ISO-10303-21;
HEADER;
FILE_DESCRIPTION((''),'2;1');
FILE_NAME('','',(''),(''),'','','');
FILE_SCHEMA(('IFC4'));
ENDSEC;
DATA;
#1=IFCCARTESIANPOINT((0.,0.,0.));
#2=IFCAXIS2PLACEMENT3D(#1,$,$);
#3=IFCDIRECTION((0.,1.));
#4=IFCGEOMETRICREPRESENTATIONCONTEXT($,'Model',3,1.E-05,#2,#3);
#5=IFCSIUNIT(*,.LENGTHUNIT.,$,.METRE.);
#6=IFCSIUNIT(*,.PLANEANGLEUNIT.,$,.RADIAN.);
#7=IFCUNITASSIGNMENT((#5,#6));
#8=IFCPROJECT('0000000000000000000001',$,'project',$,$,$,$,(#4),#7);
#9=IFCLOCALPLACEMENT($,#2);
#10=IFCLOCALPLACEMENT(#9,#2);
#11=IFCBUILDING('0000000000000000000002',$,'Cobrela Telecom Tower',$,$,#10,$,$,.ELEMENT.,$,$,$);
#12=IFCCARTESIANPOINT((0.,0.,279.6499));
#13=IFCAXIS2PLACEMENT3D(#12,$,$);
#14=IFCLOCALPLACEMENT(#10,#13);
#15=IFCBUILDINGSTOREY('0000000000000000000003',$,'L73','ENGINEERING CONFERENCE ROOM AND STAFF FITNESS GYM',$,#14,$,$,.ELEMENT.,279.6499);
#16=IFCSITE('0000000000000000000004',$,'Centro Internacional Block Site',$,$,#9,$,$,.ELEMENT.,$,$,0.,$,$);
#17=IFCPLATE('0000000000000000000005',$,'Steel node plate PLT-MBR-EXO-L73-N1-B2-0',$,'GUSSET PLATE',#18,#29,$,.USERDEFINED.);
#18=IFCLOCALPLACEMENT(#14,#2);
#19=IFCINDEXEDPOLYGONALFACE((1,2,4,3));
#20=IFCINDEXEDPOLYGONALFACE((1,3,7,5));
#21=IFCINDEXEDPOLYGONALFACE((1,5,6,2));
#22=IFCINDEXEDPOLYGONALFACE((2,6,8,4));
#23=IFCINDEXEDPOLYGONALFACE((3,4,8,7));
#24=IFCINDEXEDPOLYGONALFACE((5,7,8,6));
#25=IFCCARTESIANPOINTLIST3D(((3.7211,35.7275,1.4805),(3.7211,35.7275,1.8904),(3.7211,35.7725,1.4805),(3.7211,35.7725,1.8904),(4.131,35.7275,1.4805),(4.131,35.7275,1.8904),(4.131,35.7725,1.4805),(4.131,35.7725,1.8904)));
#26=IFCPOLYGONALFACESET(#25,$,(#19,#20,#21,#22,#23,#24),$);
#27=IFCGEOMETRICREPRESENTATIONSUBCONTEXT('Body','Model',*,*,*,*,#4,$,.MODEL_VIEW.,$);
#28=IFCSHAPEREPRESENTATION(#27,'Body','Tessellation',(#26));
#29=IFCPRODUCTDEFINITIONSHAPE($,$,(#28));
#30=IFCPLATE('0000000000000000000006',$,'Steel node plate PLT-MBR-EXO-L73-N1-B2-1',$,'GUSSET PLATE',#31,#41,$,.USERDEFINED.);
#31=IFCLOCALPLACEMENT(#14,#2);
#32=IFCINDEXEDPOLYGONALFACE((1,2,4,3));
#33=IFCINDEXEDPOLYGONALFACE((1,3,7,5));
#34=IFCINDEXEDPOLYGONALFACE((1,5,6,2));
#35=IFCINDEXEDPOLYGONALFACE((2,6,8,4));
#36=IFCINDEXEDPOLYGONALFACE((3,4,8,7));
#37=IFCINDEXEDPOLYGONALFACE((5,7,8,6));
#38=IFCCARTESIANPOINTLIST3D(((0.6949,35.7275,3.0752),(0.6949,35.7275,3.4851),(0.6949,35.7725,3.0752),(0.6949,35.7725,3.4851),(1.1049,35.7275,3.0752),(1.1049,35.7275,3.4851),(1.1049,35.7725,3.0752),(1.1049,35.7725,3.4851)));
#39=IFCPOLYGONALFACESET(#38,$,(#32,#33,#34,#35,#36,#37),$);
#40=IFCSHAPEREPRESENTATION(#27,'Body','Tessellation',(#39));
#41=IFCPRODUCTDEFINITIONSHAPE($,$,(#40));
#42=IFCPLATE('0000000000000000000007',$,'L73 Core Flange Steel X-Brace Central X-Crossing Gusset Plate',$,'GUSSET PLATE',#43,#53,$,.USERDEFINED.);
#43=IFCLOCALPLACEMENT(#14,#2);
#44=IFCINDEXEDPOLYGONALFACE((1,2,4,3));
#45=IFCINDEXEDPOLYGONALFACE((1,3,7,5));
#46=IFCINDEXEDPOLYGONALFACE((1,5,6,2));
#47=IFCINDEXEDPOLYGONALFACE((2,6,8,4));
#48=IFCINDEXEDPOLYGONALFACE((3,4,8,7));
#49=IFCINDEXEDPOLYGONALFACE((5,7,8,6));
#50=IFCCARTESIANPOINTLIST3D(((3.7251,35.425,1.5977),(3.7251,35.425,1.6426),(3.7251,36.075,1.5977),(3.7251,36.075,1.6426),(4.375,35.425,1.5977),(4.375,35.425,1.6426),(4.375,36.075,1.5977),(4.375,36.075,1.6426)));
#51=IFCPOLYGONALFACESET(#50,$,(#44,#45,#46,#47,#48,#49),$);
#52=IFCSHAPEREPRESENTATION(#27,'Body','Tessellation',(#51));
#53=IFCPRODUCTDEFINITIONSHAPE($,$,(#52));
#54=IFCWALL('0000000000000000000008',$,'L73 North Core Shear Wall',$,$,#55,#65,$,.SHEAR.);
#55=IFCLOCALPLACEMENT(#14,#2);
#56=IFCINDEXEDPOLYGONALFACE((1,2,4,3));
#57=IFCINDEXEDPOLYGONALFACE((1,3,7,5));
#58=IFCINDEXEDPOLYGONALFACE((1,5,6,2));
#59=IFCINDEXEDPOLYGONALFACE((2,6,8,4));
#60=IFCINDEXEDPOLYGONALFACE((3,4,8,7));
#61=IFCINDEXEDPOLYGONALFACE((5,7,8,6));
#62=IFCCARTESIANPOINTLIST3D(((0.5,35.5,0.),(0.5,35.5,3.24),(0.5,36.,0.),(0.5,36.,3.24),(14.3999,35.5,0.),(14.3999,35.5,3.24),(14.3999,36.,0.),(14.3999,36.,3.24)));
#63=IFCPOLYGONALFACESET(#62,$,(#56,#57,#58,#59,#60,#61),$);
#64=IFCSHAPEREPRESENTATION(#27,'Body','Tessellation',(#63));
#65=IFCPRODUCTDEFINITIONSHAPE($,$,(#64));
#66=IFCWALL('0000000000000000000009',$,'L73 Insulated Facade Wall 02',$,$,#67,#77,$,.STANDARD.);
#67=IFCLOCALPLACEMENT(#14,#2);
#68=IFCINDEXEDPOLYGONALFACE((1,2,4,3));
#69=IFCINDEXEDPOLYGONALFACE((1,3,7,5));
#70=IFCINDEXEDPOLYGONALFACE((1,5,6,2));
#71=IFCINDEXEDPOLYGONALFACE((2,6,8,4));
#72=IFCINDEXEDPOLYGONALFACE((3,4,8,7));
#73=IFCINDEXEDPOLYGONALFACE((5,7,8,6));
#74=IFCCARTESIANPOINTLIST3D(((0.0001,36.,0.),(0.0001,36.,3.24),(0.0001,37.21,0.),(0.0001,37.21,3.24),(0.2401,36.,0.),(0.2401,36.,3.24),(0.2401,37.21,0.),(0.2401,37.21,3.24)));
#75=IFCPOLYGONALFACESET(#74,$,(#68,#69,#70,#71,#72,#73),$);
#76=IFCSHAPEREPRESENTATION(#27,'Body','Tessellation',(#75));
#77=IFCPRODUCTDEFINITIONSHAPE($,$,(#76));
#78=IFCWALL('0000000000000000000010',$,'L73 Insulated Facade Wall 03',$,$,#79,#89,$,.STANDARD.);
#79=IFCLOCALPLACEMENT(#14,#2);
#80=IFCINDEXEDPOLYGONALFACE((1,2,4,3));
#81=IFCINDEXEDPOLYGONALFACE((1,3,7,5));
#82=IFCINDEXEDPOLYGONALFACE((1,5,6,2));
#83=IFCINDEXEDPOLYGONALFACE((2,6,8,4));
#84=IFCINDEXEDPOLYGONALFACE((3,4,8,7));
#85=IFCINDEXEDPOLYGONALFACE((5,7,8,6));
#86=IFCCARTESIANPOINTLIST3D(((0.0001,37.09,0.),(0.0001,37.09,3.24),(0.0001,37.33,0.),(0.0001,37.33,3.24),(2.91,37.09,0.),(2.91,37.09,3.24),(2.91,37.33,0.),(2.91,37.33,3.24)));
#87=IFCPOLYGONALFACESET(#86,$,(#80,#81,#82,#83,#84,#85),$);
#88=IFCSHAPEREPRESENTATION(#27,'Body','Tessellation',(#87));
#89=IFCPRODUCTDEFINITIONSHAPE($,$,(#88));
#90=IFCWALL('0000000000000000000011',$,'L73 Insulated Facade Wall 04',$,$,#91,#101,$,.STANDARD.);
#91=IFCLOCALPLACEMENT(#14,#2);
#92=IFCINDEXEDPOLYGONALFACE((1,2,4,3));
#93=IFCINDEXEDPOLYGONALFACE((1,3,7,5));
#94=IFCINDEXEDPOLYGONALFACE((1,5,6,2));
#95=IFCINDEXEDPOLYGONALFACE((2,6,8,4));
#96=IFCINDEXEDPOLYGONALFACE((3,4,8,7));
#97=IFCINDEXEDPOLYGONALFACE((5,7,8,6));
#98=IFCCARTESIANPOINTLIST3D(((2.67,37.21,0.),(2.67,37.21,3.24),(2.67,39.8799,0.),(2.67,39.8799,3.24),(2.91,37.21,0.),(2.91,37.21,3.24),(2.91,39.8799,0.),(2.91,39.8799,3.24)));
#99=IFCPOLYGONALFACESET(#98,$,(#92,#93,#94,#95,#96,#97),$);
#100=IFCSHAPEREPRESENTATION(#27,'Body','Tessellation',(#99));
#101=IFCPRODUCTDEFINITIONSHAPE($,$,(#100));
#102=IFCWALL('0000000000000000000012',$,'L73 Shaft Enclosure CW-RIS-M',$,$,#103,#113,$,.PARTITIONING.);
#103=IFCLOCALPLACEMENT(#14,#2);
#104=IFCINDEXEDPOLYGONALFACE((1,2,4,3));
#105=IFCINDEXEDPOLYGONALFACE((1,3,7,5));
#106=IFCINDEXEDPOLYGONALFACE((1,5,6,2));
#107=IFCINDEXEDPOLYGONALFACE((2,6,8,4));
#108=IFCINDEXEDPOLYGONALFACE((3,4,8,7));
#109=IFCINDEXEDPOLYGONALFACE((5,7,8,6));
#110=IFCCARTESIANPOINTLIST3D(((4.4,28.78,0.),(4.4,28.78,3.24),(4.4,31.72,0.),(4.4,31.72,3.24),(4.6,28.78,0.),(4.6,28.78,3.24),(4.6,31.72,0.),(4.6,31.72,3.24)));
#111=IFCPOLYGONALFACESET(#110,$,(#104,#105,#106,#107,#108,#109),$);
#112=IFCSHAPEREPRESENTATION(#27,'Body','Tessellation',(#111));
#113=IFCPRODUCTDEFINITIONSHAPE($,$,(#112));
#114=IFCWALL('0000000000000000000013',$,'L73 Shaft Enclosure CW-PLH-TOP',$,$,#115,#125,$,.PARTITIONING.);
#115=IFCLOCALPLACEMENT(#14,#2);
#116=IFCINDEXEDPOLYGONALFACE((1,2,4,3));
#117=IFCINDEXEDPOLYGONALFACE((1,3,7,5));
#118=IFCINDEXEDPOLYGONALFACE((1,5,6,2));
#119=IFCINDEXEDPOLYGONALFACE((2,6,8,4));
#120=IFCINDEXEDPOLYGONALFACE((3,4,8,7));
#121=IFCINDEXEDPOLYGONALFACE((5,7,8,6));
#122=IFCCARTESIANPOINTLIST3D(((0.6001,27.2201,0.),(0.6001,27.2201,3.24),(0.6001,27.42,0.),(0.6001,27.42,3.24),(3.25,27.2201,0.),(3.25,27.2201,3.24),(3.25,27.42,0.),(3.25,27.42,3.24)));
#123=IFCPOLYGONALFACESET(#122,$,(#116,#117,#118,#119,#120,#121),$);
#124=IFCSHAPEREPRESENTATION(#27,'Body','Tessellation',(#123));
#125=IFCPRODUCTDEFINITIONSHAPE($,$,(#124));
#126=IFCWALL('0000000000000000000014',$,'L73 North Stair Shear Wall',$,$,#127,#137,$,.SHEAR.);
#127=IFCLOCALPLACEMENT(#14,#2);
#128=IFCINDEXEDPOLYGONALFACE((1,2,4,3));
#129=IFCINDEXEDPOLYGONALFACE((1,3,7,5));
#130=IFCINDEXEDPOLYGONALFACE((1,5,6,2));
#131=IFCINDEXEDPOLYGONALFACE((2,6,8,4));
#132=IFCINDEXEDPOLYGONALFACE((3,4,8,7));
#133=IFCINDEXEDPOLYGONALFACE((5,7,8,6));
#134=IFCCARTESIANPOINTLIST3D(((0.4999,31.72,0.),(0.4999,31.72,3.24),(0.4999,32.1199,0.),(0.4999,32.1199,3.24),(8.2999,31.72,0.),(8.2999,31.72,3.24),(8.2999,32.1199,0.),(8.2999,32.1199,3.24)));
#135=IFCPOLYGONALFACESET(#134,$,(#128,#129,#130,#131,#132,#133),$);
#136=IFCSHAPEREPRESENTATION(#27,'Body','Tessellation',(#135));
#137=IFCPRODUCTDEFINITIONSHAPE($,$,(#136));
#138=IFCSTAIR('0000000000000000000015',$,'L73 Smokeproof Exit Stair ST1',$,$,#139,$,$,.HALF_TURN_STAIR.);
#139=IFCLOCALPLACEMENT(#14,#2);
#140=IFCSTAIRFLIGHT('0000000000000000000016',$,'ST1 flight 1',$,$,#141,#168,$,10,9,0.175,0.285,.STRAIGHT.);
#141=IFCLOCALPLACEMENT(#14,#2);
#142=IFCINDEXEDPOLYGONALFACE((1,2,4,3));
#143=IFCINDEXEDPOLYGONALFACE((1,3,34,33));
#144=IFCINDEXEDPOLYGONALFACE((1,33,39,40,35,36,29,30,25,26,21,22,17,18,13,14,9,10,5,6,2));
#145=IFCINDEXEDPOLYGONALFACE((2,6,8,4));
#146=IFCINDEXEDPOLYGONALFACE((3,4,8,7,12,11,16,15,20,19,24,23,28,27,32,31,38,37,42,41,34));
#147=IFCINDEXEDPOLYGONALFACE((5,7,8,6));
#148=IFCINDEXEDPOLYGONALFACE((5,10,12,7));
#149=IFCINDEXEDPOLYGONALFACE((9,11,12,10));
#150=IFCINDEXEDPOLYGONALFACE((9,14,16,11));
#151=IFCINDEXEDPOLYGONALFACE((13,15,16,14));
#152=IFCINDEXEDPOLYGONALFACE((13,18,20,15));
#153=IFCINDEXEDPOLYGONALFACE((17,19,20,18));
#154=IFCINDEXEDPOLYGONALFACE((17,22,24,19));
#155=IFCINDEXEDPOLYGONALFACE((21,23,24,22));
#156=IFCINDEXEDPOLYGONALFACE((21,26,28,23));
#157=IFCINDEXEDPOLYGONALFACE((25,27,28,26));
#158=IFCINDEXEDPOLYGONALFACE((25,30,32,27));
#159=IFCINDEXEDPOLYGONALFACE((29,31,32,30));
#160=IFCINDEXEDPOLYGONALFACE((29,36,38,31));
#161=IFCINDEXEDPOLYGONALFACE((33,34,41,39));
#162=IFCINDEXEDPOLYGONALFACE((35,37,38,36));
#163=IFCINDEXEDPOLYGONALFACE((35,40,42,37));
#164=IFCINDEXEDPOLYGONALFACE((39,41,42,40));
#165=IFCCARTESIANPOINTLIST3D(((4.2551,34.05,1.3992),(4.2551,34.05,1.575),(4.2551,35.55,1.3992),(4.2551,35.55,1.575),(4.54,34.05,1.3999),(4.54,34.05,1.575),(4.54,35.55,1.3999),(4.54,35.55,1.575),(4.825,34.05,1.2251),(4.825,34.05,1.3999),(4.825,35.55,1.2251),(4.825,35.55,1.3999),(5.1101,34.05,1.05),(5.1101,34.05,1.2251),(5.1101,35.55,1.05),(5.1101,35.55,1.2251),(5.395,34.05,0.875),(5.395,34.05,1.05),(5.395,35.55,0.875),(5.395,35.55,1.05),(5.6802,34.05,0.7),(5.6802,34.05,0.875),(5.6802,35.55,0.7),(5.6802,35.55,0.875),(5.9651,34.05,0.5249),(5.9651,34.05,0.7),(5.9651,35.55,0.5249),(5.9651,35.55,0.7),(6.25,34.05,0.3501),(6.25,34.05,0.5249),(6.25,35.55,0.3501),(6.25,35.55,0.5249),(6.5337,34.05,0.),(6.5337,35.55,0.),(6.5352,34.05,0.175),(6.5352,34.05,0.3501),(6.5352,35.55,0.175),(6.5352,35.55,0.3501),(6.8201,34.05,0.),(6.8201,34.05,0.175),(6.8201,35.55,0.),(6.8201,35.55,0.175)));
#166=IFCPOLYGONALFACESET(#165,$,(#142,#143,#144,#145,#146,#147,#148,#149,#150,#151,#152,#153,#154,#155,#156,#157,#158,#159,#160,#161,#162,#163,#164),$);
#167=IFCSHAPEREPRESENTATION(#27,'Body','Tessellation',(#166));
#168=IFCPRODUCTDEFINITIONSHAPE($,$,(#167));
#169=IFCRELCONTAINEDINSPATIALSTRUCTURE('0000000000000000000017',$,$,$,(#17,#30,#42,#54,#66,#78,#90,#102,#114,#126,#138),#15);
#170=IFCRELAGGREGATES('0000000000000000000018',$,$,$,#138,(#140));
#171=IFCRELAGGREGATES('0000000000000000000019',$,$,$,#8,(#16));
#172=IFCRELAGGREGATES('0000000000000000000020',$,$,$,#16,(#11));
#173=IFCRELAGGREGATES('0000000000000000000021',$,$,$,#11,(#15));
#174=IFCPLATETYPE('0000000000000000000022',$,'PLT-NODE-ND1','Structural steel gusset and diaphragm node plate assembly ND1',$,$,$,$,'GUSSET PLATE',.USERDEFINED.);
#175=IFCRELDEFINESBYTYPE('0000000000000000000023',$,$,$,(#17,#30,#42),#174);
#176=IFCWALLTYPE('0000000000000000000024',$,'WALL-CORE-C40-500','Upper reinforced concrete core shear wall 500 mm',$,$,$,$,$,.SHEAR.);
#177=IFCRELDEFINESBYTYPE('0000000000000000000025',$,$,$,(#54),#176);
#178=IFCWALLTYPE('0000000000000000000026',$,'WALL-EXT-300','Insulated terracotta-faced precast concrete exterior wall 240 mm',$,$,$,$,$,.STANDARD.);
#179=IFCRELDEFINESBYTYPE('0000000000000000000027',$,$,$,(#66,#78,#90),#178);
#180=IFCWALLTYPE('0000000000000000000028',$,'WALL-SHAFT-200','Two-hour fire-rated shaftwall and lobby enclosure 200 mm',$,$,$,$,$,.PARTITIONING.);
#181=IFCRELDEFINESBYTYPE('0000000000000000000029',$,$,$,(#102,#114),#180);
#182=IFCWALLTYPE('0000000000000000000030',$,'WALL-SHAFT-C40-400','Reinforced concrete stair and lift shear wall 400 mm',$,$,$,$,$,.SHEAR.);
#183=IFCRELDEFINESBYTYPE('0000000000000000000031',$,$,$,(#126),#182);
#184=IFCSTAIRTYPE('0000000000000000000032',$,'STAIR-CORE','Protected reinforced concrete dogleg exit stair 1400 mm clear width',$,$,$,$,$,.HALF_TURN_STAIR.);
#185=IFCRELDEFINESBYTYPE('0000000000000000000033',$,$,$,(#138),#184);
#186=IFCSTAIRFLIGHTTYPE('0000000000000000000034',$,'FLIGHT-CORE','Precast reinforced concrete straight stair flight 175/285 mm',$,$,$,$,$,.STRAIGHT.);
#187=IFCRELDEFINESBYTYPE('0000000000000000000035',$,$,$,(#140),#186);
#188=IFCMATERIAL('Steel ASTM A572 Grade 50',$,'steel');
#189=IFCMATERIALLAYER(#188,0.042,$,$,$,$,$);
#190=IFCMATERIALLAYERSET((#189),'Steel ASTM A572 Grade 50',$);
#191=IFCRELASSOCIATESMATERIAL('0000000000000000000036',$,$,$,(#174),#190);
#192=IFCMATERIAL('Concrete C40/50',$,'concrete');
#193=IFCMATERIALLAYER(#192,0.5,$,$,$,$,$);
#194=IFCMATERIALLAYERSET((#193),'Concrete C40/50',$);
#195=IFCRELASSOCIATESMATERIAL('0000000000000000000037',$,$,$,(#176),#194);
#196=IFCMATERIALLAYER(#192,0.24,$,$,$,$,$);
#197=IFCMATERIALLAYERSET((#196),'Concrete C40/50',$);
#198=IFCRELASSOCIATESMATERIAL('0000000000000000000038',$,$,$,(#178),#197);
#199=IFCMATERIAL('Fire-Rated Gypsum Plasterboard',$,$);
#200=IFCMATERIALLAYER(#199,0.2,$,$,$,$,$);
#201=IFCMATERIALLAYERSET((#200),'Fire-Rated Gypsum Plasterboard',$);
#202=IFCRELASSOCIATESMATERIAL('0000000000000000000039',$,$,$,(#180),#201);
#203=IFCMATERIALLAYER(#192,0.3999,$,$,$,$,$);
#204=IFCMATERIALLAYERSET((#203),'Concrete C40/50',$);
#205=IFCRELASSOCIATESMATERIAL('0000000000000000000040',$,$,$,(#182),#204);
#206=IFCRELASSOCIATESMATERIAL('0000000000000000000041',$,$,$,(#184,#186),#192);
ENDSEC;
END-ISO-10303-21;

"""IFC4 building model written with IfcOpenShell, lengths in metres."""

from ifc_helpers import new_model, si_unit, direction, frame, frame_2d, origin, origin_2d, place, context, subcontext, project, spatial, polyline, rectangle, outline, extrude, material, layer, layer_set, type_object, element, aggregate, save


model = new_model("IFC4")

# Units and contexts
model_context = context("Model", 3, precision=1e-05, world=origin(), true_north=direction((0.0, 1.0)))
body_context = subcontext(model_context, "Body", "Model", "MODEL_VIEW")
ifc_project = project(units=[si_unit("LENGTHUNIT", "METRE"), si_unit("PLANEANGLEUNIT", "RADIAN")], contexts=[model_context])

# Site, building, storey
site_placement = place(None, origin())
site = spatial("IfcSite", under=ifc_project, at=site_placement, Name="Centro Internacional Block Site", CompositionType="ELEMENT", RefElevation=0.0)
building_placement = place(site_placement, origin())
building = spatial("IfcBuilding", under=site, at=building_placement, Name="Cobrela Telecom Tower", CompositionType="ELEMENT")
storey_placement = place(building_placement, frame((0.0, 0.0, 279.6499)))
storey = spatial("IfcBuildingStorey", under=building, at=storey_placement, Name="L73", Description="ENGINEERING CONFERENCE ROOM AND STAFF FITNESS GYM", CompositionType="ELEMENT", Elevation=279.6499)

# Shared definitions
ifc_material_1 = material(Name="Steel ASTM A572 Grade 50", Category="steel")

# Plates
ifc_layer_1 = layer(ifc_material_1, 0.042)
ifc_layer_set_1 = layer_set([ifc_layer_1], Name="Steel ASTM A572 Grade 50")
plate_type_1 = type_object("IfcPlateType", Name="PLT-NODE-ND1", Description="Structural steel gusset and diaphragm node plate assembly ND1", ElementType="GUSSET PLATE", PredefinedType="USERDEFINED", material=ifc_layer_set_1)
for number, where, z_axis, x_axis, name in (
    (1, (3.926, 35.75, 1.4805), (0.0, 0.0, 1.0), (-1.0, 0.0, 0.0), "Steel node plate PLT-MBR-EXO-L73-N1-B2-0"),
    (2, (0.8999, 35.75, 3.0752), (0.0, 0.0, 1.0), (-1.0, 0.0, 0.0), "Steel node plate PLT-MBR-EXO-L73-N1-B2-1"),
):
    element("IfcPlate", number, at=place(storey_placement, frame(where, z_axis=z_axis, x_axis=x_axis)), inside=storey, type_object=plate_type_1, Name=name, ObjectType="GUSSET PLATE", PredefinedType="USERDEFINED", context=body_context, shape_type="SweptSolid", body=[
        extrude(rectangle(XDim=0.4099, YDim=0.0449, at=origin_2d()), origin(), (0.0, 0.0, 1.0), 0.4099),
    ])
plate_1_placement = place(storey_placement, frame((4.05, 35.75, 1.5977), z_axis=(0.0, 0.0, 1.0), x_axis=(1.0, 0.0, 0.0)))
element("IfcPlate", 3, at=plate_1_placement, inside=storey, type_object=plate_type_1, Name="L73 Core Flange Steel X-Brace Central X-Crossing Gusset Plate", ObjectType="GUSSET PLATE", PredefinedType="USERDEFINED", context=body_context, shape_type="SweptSolid", body=[
    extrude(rectangle(XDim=0.6499, YDim=0.6499, at=origin_2d()), origin(), (0.0, 0.0, 1.0), 0.0449),
])

# Walls
ifc_material_2 = material(Name="Concrete C40/50", Category="concrete")
ifc_layer_2 = layer(ifc_material_2, 0.5)
ifc_layer_set_2 = layer_set([ifc_layer_2], Name="Concrete C40/50")
wall_type_1 = type_object("IfcWallType", Name="WALL-CORE-C40-500", Description="Upper reinforced concrete core shear wall 500 mm", PredefinedType="SHEAR", material=ifc_layer_set_2)
wall_1_placement = place(storey_placement, frame((0.5, 35.75, 0.0), z_axis=(0.0, 0.0, 1.0), x_axis=(1.0, 0.0, 0.0)))
element("IfcWall", 4, at=wall_1_placement, inside=storey, type_object=wall_type_1, Name="L73 North Core Shear Wall", PredefinedType="SHEAR", context=body_context, shape_type="SweptSolid", body=[
    extrude(rectangle(XDim=13.8999, YDim=0.5, at=frame_2d((6.95, 0.0))), origin(), (0.0, 0.0, 1.0), 3.24),
])
ifc_layer_3 = layer(ifc_material_2, 0.24)
ifc_layer_set_3 = layer_set([ifc_layer_3], Name="Concrete C40/50")
wall_type_2 = type_object("IfcWallType", Name="WALL-EXT-300", Description="Insulated terracotta-faced precast concrete exterior wall 240 mm", PredefinedType="STANDARD", material=ifc_layer_set_3)
wall_2_placement = place(storey_placement, frame((0.1201, 36.0, 0.0), z_axis=(0.0, 0.0, 1.0), x_axis=(0.0, 1.0, 0.0)))
element("IfcWall", 5, at=wall_2_placement, inside=storey, type_object=wall_type_2, Name="L73 Insulated Facade Wall 02", PredefinedType="STANDARD", context=body_context, shape_type="SweptSolid", body=[
    extrude(rectangle(XDim=1.21, YDim=0.24, at=frame_2d((0.605, 0.0))), origin(), (0.0, 0.0, 1.0), 3.24),
])
wall_3_placement = place(storey_placement, frame((0.0, 37.21, 0.0), z_axis=(0.0, 0.0, 1.0), x_axis=(1.0, 0.0, 0.0)))
element("IfcWall", 6, at=wall_3_placement, inside=storey, type_object=wall_type_2, Name="L73 Insulated Facade Wall 03", PredefinedType="STANDARD", context=body_context, shape_type="SweptSolid", body=[
    extrude(rectangle(XDim=2.9099, YDim=0.24, at=frame_2d((1.4551, 0.0))), origin(), (0.0, 0.0, 1.0), 3.24),
])
wall_4_placement = place(storey_placement, frame((2.79, 37.21, 0.0), z_axis=(0.0, 0.0, 1.0), x_axis=(0.0, 1.0, 0.0)))
element("IfcWall", 7, at=wall_4_placement, inside=storey, type_object=wall_type_2, Name="L73 Insulated Facade Wall 04", PredefinedType="STANDARD", context=body_context, shape_type="SweptSolid", body=[
    extrude(rectangle(XDim=2.6699, YDim=0.24, at=frame_2d((1.335, 0.0))), origin(), (0.0, 0.0, 1.0), 3.24),
])

# Shared definitions
ifc_material_3 = material(Name="Fire-Rated Gypsum Plasterboard")
ifc_layer_4 = layer(ifc_material_3, 0.2)
ifc_layer_set_4 = layer_set([ifc_layer_4], Name="Fire-Rated Gypsum Plasterboard")
wall_type_3 = type_object("IfcWallType", Name="WALL-SHAFT-200", Description="Two-hour fire-rated shaftwall and lobby enclosure 200 mm", PredefinedType="PARTITIONING", material=ifc_layer_set_4)

# Walls
wall_5_placement = place(storey_placement, frame((4.5, 28.78, 0.0), z_axis=(0.0, 0.0, 1.0), x_axis=(0.0, 1.0, 0.0)))
element("IfcWall", 8, at=wall_5_placement, inside=storey, type_object=wall_type_3, Name="L73 Shaft Enclosure CW-RIS-M", PredefinedType="PARTITIONING", context=body_context, shape_type="SweptSolid", body=[
    extrude(rectangle(XDim=2.9399, YDim=0.2, at=frame_2d((1.47, 0.0))), origin(), (0.0, 0.0, 1.0), 3.24),
])
wall_6_placement = place(storey_placement, frame((0.6001, 27.3201, 0.0), z_axis=(0.0, 0.0, 1.0), x_axis=(1.0, 0.0, 0.0)))
element("IfcWall", 9, at=wall_6_placement, inside=storey, type_object=wall_type_3, Name="L73 Shaft Enclosure CW-PLH-TOP", PredefinedType="PARTITIONING", context=body_context, shape_type="SweptSolid", body=[
    extrude(rectangle(XDim=2.6499, YDim=0.2, at=frame_2d((1.325, 0.0))), origin(), (0.0, 0.0, 1.0), 3.24),
])
ifc_layer_5 = layer(ifc_material_2, 0.3999)
ifc_layer_set_5 = layer_set([ifc_layer_5], Name="Concrete C40/50")
wall_type_4 = type_object("IfcWallType", Name="WALL-SHAFT-C40-400", Description="Reinforced concrete stair and lift shear wall 400 mm", PredefinedType="SHEAR", material=ifc_layer_set_5)
wall_7_placement = place(storey_placement, frame((0.5, 31.9199, 0.0), z_axis=(0.0, 0.0, 1.0), x_axis=(1.0, 0.0, 0.0)))
element("IfcWall", 10, at=wall_7_placement, inside=storey, type_object=wall_type_4, Name="L73 North Stair Shear Wall", PredefinedType="SHEAR", context=body_context, shape_type="SweptSolid", body=[
    extrude(rectangle(XDim=7.8, YDim=0.3999, at=frame_2d((3.8999, 0.0))), origin(), (0.0, 0.0, 1.0), 3.24),
])

# Stair, stair flight
stair_type = type_object("IfcStairType", Name="STAIR-CORE", Description="Protected reinforced concrete dogleg exit stair 1400 mm clear width", PredefinedType="HALF_TURN_STAIR", material=ifc_material_2)
stair_placement = place(storey_placement, origin())
stair = element("IfcStair", 11, at=stair_placement, inside=storey, type_object=stair_type, Name="L73 Smokeproof Exit Stair ST1", PredefinedType="HALF_TURN_STAIR")
stair_flight_type = type_object("IfcStairFlightType", Name="FLIGHT-CORE", Description="Precast reinforced concrete straight stair flight 175/285 mm", PredefinedType="STRAIGHT", material=ifc_material_2)
stair_flight_1_placement = place(storey_placement, frame((6.8201, 34.8, 0.0), z_axis=(0.0, 0.0, 1.0), x_axis=(-1.0, 0.0, 0.0)))
stair_flight_1 = element("IfcStairFlight", 12, at=stair_flight_1_placement, type_object=stair_flight_type, Name="ST1 flight 1", NumberOfRisers=10, NumberOfTreads=9, PredefinedType="STRAIGHT", RiserHeight=0.175, TreadLength=0.285, context=body_context, shape_type="SweptSolid", body=[
    extrude(outline(polyline([(0.0, 0.0), (0.0, 0.175), (0.2849, 0.175), (0.2849, 0.3501), (0.5701, 0.3501), (0.5701, 0.5249), (0.855, 0.5249), (0.855, 0.7), (1.1399, 0.7), (1.1399, 0.875), (1.425, 0.875), (1.425, 1.05), (1.71, 1.05), (1.71, 1.2251), (1.9951, 1.2251), (1.9951, 1.3999), (2.28, 1.3999), (2.28, 1.575), (2.5649, 1.575), (2.5649, 1.75), (2.5649, 1.3992), (0.2864, 0.0), (0.0, 0.0)])), frame((0.0, 0.75, 0.0), z_axis=(0.0, -1.0, 0.0), x_axis=(1.0, 0.0, 0.0)), (0.0, 0.0, 1.0), 1.5),
])
aggregate(stair, [stair_flight_1])

save(model, "model.ifc")
